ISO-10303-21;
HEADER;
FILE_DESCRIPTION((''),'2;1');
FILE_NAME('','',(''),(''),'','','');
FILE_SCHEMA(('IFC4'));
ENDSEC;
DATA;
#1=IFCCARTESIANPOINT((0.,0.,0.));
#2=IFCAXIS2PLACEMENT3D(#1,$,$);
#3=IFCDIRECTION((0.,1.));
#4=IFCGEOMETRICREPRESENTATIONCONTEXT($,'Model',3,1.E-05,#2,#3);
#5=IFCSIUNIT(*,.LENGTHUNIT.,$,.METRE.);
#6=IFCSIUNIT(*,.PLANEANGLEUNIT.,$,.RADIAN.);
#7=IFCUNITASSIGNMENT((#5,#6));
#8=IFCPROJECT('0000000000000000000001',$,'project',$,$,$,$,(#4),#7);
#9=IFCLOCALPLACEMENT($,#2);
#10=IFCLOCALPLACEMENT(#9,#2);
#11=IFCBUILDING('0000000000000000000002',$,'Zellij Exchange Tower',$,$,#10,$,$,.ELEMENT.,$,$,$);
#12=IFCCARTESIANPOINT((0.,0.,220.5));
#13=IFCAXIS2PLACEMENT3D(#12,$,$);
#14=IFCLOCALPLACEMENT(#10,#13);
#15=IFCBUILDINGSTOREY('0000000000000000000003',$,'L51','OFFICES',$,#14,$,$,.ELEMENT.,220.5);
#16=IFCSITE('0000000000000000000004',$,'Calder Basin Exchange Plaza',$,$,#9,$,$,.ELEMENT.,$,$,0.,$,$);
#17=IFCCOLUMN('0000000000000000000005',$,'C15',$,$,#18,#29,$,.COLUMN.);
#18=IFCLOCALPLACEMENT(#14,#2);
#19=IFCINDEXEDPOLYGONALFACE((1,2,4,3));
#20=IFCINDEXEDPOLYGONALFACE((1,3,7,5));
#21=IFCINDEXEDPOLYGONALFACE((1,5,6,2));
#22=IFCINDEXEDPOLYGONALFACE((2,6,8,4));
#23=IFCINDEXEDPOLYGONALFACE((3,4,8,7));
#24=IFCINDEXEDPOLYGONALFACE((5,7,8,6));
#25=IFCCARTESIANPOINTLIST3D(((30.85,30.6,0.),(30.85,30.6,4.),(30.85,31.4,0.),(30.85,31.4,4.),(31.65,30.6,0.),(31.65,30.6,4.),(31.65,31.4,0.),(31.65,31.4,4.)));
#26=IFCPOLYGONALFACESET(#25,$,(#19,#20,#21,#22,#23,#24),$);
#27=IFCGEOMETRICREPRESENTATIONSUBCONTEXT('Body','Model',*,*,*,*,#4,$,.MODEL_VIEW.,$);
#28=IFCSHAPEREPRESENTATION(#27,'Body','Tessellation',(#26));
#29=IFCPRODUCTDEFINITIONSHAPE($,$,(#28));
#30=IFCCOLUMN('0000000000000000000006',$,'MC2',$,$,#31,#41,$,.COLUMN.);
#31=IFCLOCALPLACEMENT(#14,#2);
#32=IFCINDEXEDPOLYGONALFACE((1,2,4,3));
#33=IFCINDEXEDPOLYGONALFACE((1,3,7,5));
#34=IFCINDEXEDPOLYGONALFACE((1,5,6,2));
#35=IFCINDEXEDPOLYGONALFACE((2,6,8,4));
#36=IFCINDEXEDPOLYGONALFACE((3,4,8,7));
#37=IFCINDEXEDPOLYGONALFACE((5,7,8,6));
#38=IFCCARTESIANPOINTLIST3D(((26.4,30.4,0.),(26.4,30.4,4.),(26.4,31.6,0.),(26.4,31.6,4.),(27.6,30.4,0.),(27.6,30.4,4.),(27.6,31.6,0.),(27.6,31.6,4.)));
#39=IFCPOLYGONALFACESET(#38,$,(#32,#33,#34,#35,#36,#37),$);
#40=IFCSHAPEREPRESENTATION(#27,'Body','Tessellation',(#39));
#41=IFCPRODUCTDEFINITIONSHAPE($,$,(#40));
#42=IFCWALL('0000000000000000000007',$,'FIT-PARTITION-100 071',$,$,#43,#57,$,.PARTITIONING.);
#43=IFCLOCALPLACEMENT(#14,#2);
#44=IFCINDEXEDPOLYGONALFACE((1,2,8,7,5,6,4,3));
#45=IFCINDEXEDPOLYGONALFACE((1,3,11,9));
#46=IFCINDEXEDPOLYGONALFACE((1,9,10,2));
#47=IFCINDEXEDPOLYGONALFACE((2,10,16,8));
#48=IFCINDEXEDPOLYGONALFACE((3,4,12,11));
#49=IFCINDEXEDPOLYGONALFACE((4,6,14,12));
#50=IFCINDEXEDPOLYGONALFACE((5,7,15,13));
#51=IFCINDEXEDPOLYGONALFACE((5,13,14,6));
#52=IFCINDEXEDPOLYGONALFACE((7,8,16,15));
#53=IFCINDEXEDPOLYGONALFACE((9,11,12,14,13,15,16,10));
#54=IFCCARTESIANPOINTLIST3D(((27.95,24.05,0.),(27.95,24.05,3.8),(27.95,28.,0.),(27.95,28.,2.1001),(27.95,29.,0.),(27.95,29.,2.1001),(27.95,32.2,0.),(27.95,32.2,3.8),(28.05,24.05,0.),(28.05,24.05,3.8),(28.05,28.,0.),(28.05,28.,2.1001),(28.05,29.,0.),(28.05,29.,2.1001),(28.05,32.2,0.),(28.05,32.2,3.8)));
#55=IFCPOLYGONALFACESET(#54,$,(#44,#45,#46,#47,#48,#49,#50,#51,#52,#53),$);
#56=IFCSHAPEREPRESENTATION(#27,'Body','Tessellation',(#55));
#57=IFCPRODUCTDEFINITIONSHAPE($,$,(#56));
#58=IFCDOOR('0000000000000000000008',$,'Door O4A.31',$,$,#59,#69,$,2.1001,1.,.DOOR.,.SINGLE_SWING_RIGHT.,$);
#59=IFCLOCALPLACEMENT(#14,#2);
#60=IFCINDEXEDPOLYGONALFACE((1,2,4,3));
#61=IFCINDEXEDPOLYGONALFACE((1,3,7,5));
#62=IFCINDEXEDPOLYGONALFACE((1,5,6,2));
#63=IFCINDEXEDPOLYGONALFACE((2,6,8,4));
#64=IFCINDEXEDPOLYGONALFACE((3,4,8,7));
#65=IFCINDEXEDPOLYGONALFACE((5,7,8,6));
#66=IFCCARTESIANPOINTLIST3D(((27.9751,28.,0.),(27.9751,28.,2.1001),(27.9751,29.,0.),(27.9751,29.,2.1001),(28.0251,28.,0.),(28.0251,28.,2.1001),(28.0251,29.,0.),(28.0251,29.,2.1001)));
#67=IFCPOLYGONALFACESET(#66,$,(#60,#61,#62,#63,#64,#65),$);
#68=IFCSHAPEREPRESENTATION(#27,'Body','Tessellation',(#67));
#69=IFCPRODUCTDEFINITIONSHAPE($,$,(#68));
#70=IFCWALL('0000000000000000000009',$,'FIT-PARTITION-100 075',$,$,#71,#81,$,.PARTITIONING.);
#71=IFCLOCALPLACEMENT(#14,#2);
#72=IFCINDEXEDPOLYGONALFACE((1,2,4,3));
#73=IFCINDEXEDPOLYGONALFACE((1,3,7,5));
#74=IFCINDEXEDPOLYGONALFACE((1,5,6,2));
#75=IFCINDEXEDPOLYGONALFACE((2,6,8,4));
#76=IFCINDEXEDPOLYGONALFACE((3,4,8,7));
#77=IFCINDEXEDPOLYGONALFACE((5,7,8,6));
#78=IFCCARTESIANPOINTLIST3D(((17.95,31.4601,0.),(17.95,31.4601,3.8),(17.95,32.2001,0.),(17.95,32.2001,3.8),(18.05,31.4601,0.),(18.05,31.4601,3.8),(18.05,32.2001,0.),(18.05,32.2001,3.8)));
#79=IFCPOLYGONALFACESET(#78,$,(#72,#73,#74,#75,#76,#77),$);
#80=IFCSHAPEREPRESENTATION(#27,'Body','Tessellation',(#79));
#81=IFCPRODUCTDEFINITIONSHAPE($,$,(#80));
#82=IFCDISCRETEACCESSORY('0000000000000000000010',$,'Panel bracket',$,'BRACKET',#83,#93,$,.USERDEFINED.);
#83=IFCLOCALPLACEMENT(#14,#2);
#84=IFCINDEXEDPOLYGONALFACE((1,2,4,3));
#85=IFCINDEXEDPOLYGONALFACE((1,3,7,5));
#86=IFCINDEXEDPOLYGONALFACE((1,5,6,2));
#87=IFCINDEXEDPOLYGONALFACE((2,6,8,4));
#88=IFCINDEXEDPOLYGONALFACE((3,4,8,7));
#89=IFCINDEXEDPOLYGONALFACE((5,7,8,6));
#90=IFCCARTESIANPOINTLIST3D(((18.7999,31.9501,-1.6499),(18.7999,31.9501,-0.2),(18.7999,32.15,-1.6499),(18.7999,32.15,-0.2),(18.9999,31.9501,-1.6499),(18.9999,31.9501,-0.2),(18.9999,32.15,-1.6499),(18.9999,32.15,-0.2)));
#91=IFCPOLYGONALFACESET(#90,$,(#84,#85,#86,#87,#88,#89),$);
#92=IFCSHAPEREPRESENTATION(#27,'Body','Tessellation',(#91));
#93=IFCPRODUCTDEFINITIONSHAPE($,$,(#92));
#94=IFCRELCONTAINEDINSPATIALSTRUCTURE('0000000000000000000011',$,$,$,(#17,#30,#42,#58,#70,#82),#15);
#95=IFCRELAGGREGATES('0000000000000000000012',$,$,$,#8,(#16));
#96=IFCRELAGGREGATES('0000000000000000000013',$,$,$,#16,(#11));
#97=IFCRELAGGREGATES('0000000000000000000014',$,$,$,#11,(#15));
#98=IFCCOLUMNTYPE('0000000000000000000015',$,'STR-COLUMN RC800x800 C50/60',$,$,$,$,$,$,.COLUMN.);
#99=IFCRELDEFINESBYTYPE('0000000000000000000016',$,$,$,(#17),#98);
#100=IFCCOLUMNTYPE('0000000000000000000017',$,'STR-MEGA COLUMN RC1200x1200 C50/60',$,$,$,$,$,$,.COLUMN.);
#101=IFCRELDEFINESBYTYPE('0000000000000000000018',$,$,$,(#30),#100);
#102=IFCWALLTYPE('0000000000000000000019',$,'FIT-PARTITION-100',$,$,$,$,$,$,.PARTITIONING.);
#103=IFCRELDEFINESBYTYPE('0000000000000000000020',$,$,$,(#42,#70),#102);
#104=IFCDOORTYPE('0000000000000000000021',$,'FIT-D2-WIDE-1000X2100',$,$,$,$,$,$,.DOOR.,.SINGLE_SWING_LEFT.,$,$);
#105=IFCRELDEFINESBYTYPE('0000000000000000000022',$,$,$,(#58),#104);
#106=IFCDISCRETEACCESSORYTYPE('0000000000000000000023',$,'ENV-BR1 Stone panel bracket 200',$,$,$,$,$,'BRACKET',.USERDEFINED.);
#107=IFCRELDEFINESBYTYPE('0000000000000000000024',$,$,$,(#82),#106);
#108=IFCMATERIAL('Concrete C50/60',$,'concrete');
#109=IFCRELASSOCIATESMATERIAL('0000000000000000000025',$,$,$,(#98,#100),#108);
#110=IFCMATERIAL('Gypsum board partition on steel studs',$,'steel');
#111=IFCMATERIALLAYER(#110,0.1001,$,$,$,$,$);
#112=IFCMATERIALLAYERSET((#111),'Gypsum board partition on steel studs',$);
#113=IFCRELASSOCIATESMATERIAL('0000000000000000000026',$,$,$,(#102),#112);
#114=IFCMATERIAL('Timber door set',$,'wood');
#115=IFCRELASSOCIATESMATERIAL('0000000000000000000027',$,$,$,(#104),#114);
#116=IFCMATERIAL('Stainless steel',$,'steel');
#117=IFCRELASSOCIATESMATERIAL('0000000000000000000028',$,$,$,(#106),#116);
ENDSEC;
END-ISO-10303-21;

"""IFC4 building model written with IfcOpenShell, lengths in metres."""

from ifc_helpers import new_model, si_unit, direction, frame, frame_2d, origin, origin_2d, place, context, subcontext, project, spatial, rectangle, extrude, material, layer, layer_set, material_profile, profile_set, type_object, element, fill, save


model = new_model("IFC4")

# Units and contexts
model_context = context("Model", 3, precision=1e-05, world=origin(), true_north=direction((0.0, 1.0)))
body_context = subcontext(model_context, "Body", "Model", "MODEL_VIEW")
ifc_project = project(units=[si_unit("LENGTHUNIT", "METRE"), si_unit("PLANEANGLEUNIT", "RADIAN")], contexts=[model_context])

# Site, building, storey
site_placement = place(None, origin())
site = spatial("IfcSite", under=ifc_project, at=site_placement, Name="Calder Basin Exchange Plaza", CompositionType="ELEMENT", RefElevation=0.0)
building_placement = place(site_placement, origin())
building = spatial("IfcBuilding", under=site, at=building_placement, Name="Zellij Exchange Tower", CompositionType="ELEMENT")
storey_placement = place(building_placement, frame((0.0, 0.0, 220.5)))
storey = spatial("IfcBuildingStorey", under=building, at=storey_placement, Name="L51", Description="OFFICES", CompositionType="ELEMENT", Elevation=220.5)

# Columns
ifc_material_1 = material(Name="Concrete C50/60", Category="concrete")
ifc_material_profile_1 = material_profile(ifc_material_1, rectangle(XDim=0.8, YDim=0.8, at=origin_2d()), Name="STR-COLUMN RC800x800 C50/60")
ifc_profile_set_1 = profile_set([ifc_material_profile_1], Name="Concrete C50/60")
column_type_1 = type_object("IfcColumnType", Name="STR-COLUMN RC800x800 C50/60", PredefinedType="COLUMN", material=ifc_profile_set_1)
column_1_placement = place(storey_placement, frame((31.25, 31.0, 0.0), z_axis=(0.0, 0.0, 1.0), x_axis=(1.0, 0.0, 0.0)))
element("IfcColumn", 1, at=column_1_placement, inside=storey, type_object=column_type_1, Name="C15", PredefinedType="COLUMN", context=body_context, shape_type="SweptSolid", body=[
    extrude(rectangle(XDim=0.8, YDim=0.8, at=origin_2d()), origin(), (0.0, 0.0, 1.0), 4.0),
])
ifc_material_profile_2 = material_profile(ifc_material_1, rectangle(XDim=1.2, YDim=1.2, at=origin_2d()), Name="STR-MEGA COLUMN RC1200x1200 C50/60")
ifc_profile_set_2 = profile_set([ifc_material_profile_2], Name="Concrete C50/60")
column_type_2 = type_object("IfcColumnType", Name="STR-MEGA COLUMN RC1200x1200 C50/60", PredefinedType="COLUMN", material=ifc_profile_set_2)
column_2_placement = place(storey_placement, frame((27.0, 31.0, 0.0), z_axis=(0.0, 0.0, 1.0), x_axis=(1.0, 0.0, 0.0)))
element("IfcColumn", 2, at=column_2_placement, inside=storey, type_object=column_type_2, Name="MC2", PredefinedType="COLUMN", context=body_context, shape_type="SweptSolid", body=[
    extrude(rectangle(XDim=1.2, YDim=1.2, at=origin_2d()), origin(), (0.0, 0.0, 1.0), 4.0),
])

# Wall, opening, door
ifc_material_2 = material(Name="Gypsum board partition on steel studs", Category="steel")
ifc_layer_1 = layer(ifc_material_2, 0.1001)
ifc_layer_set_1 = layer_set([ifc_layer_1], Name="Gypsum board partition on steel studs")
wall_type_1 = type_object("IfcWallType", Name="FIT-PARTITION-100", PredefinedType="PARTITIONING", material=ifc_layer_set_1)
wall_1_placement = place(storey_placement, frame((28.0, 24.05, 0.0), z_axis=(0.0, 0.0, 1.0), x_axis=(0.0, 1.0, 0.0)))
wall_1 = element("IfcWall", 3, at=wall_1_placement, inside=storey, type_object=wall_type_1, Name="FIT-PARTITION-100 071", PredefinedType="PARTITIONING", context=body_context, shape_type="SweptSolid", body=[
    extrude(rectangle(XDim=8.1499, YDim=0.1001, at=frame_2d((4.075, 0.0))), origin(), (0.0, 0.0, 1.0), 3.8),
])
opening_1_placement = place(wall_1_placement, frame((3.95, 0.0, 0.0)))
opening_1 = element("IfcOpeningElement", 4, at=opening_1_placement, cuts=wall_1, PredefinedType="OPENING", context=body_context, shape_type="SweptSolid", body=[
    extrude(rectangle(XDim=1.0, YDim=2.1001, at=frame_2d((0.5, 1.05))), frame((0.0, 0.062, 0.0), z_axis=(0.0, -1.0, 0.0), x_axis=(1.0, 0.0, 0.0)), (0.0, 0.0, 1.0), 0.124),
])
ifc_material_3 = material(Name="Timber door set", Category="wood")
door_type = type_object("IfcDoorType", Name="FIT-D2-WIDE-1000X2100", OperationType="SINGLE_SWING_LEFT", PredefinedType="DOOR", material=ifc_material_3)
door_placement = place(opening_1_placement, origin())
door = element("IfcDoor", 5, at=door_placement, inside=storey, type_object=door_type, Name="Door O4A.31", OperationType="SINGLE_SWING_RIGHT", OverallHeight=2.1001, OverallWidth=1.0, PredefinedType="DOOR", context=body_context, shape_type="SweptSolid", body=[
    extrude(rectangle(XDim=1.0, YDim=2.1001, at=frame_2d((0.5, 1.05))), frame((0.0, 0.0249, 0.0), z_axis=(0.0, -1.0, 0.0), x_axis=(1.0, 0.0, 0.0)), (0.0, 0.0, 1.0), 0.05),
])
fill(opening_1, door)

# Wall
wall_2_placement = place(storey_placement, frame((18.0, 31.46, 0.0), z_axis=(0.0, 0.0, 1.0), x_axis=(0.0, 1.0, 0.0)))
element("IfcWall", 6, at=wall_2_placement, inside=storey, type_object=wall_type_1, Name="FIT-PARTITION-100 075", PredefinedType="PARTITIONING", context=body_context, shape_type="SweptSolid", body=[
    extrude(rectangle(XDim=0.74, YDim=0.1001, at=frame_2d((0.3701, 0.0))), origin(), (0.0, 0.0, 1.0), 3.8),
])

# Discrete accessory
ifc_material_4 = material(Name="Stainless steel", Category="steel")
discrete_accessory_type = type_object("IfcDiscreteAccessoryType", Name="ENV-BR1 Stone panel bracket 200", ElementType="BRACKET", PredefinedType="USERDEFINED", material=ifc_material_4)
discrete_accessory_placement = place(storey_placement, frame((18.8999, 32.05, -1.6499), z_axis=(0.0, 0.0, 1.0), x_axis=(1.0, 0.0, 0.0)))
element("IfcDiscreteAccessory", 7, at=discrete_accessory_placement, inside=storey, type_object=discrete_accessory_type, Name="Panel bracket", ObjectType="BRACKET", PredefinedType="USERDEFINED", context=body_context, shape_type="SweptSolid", body=[
    extrude(rectangle(XDim=0.2, YDim=0.2, at=origin_2d()), origin(), (0.0, 0.0, 1.0), 1.45),
])

save(model, "model.ifc")
